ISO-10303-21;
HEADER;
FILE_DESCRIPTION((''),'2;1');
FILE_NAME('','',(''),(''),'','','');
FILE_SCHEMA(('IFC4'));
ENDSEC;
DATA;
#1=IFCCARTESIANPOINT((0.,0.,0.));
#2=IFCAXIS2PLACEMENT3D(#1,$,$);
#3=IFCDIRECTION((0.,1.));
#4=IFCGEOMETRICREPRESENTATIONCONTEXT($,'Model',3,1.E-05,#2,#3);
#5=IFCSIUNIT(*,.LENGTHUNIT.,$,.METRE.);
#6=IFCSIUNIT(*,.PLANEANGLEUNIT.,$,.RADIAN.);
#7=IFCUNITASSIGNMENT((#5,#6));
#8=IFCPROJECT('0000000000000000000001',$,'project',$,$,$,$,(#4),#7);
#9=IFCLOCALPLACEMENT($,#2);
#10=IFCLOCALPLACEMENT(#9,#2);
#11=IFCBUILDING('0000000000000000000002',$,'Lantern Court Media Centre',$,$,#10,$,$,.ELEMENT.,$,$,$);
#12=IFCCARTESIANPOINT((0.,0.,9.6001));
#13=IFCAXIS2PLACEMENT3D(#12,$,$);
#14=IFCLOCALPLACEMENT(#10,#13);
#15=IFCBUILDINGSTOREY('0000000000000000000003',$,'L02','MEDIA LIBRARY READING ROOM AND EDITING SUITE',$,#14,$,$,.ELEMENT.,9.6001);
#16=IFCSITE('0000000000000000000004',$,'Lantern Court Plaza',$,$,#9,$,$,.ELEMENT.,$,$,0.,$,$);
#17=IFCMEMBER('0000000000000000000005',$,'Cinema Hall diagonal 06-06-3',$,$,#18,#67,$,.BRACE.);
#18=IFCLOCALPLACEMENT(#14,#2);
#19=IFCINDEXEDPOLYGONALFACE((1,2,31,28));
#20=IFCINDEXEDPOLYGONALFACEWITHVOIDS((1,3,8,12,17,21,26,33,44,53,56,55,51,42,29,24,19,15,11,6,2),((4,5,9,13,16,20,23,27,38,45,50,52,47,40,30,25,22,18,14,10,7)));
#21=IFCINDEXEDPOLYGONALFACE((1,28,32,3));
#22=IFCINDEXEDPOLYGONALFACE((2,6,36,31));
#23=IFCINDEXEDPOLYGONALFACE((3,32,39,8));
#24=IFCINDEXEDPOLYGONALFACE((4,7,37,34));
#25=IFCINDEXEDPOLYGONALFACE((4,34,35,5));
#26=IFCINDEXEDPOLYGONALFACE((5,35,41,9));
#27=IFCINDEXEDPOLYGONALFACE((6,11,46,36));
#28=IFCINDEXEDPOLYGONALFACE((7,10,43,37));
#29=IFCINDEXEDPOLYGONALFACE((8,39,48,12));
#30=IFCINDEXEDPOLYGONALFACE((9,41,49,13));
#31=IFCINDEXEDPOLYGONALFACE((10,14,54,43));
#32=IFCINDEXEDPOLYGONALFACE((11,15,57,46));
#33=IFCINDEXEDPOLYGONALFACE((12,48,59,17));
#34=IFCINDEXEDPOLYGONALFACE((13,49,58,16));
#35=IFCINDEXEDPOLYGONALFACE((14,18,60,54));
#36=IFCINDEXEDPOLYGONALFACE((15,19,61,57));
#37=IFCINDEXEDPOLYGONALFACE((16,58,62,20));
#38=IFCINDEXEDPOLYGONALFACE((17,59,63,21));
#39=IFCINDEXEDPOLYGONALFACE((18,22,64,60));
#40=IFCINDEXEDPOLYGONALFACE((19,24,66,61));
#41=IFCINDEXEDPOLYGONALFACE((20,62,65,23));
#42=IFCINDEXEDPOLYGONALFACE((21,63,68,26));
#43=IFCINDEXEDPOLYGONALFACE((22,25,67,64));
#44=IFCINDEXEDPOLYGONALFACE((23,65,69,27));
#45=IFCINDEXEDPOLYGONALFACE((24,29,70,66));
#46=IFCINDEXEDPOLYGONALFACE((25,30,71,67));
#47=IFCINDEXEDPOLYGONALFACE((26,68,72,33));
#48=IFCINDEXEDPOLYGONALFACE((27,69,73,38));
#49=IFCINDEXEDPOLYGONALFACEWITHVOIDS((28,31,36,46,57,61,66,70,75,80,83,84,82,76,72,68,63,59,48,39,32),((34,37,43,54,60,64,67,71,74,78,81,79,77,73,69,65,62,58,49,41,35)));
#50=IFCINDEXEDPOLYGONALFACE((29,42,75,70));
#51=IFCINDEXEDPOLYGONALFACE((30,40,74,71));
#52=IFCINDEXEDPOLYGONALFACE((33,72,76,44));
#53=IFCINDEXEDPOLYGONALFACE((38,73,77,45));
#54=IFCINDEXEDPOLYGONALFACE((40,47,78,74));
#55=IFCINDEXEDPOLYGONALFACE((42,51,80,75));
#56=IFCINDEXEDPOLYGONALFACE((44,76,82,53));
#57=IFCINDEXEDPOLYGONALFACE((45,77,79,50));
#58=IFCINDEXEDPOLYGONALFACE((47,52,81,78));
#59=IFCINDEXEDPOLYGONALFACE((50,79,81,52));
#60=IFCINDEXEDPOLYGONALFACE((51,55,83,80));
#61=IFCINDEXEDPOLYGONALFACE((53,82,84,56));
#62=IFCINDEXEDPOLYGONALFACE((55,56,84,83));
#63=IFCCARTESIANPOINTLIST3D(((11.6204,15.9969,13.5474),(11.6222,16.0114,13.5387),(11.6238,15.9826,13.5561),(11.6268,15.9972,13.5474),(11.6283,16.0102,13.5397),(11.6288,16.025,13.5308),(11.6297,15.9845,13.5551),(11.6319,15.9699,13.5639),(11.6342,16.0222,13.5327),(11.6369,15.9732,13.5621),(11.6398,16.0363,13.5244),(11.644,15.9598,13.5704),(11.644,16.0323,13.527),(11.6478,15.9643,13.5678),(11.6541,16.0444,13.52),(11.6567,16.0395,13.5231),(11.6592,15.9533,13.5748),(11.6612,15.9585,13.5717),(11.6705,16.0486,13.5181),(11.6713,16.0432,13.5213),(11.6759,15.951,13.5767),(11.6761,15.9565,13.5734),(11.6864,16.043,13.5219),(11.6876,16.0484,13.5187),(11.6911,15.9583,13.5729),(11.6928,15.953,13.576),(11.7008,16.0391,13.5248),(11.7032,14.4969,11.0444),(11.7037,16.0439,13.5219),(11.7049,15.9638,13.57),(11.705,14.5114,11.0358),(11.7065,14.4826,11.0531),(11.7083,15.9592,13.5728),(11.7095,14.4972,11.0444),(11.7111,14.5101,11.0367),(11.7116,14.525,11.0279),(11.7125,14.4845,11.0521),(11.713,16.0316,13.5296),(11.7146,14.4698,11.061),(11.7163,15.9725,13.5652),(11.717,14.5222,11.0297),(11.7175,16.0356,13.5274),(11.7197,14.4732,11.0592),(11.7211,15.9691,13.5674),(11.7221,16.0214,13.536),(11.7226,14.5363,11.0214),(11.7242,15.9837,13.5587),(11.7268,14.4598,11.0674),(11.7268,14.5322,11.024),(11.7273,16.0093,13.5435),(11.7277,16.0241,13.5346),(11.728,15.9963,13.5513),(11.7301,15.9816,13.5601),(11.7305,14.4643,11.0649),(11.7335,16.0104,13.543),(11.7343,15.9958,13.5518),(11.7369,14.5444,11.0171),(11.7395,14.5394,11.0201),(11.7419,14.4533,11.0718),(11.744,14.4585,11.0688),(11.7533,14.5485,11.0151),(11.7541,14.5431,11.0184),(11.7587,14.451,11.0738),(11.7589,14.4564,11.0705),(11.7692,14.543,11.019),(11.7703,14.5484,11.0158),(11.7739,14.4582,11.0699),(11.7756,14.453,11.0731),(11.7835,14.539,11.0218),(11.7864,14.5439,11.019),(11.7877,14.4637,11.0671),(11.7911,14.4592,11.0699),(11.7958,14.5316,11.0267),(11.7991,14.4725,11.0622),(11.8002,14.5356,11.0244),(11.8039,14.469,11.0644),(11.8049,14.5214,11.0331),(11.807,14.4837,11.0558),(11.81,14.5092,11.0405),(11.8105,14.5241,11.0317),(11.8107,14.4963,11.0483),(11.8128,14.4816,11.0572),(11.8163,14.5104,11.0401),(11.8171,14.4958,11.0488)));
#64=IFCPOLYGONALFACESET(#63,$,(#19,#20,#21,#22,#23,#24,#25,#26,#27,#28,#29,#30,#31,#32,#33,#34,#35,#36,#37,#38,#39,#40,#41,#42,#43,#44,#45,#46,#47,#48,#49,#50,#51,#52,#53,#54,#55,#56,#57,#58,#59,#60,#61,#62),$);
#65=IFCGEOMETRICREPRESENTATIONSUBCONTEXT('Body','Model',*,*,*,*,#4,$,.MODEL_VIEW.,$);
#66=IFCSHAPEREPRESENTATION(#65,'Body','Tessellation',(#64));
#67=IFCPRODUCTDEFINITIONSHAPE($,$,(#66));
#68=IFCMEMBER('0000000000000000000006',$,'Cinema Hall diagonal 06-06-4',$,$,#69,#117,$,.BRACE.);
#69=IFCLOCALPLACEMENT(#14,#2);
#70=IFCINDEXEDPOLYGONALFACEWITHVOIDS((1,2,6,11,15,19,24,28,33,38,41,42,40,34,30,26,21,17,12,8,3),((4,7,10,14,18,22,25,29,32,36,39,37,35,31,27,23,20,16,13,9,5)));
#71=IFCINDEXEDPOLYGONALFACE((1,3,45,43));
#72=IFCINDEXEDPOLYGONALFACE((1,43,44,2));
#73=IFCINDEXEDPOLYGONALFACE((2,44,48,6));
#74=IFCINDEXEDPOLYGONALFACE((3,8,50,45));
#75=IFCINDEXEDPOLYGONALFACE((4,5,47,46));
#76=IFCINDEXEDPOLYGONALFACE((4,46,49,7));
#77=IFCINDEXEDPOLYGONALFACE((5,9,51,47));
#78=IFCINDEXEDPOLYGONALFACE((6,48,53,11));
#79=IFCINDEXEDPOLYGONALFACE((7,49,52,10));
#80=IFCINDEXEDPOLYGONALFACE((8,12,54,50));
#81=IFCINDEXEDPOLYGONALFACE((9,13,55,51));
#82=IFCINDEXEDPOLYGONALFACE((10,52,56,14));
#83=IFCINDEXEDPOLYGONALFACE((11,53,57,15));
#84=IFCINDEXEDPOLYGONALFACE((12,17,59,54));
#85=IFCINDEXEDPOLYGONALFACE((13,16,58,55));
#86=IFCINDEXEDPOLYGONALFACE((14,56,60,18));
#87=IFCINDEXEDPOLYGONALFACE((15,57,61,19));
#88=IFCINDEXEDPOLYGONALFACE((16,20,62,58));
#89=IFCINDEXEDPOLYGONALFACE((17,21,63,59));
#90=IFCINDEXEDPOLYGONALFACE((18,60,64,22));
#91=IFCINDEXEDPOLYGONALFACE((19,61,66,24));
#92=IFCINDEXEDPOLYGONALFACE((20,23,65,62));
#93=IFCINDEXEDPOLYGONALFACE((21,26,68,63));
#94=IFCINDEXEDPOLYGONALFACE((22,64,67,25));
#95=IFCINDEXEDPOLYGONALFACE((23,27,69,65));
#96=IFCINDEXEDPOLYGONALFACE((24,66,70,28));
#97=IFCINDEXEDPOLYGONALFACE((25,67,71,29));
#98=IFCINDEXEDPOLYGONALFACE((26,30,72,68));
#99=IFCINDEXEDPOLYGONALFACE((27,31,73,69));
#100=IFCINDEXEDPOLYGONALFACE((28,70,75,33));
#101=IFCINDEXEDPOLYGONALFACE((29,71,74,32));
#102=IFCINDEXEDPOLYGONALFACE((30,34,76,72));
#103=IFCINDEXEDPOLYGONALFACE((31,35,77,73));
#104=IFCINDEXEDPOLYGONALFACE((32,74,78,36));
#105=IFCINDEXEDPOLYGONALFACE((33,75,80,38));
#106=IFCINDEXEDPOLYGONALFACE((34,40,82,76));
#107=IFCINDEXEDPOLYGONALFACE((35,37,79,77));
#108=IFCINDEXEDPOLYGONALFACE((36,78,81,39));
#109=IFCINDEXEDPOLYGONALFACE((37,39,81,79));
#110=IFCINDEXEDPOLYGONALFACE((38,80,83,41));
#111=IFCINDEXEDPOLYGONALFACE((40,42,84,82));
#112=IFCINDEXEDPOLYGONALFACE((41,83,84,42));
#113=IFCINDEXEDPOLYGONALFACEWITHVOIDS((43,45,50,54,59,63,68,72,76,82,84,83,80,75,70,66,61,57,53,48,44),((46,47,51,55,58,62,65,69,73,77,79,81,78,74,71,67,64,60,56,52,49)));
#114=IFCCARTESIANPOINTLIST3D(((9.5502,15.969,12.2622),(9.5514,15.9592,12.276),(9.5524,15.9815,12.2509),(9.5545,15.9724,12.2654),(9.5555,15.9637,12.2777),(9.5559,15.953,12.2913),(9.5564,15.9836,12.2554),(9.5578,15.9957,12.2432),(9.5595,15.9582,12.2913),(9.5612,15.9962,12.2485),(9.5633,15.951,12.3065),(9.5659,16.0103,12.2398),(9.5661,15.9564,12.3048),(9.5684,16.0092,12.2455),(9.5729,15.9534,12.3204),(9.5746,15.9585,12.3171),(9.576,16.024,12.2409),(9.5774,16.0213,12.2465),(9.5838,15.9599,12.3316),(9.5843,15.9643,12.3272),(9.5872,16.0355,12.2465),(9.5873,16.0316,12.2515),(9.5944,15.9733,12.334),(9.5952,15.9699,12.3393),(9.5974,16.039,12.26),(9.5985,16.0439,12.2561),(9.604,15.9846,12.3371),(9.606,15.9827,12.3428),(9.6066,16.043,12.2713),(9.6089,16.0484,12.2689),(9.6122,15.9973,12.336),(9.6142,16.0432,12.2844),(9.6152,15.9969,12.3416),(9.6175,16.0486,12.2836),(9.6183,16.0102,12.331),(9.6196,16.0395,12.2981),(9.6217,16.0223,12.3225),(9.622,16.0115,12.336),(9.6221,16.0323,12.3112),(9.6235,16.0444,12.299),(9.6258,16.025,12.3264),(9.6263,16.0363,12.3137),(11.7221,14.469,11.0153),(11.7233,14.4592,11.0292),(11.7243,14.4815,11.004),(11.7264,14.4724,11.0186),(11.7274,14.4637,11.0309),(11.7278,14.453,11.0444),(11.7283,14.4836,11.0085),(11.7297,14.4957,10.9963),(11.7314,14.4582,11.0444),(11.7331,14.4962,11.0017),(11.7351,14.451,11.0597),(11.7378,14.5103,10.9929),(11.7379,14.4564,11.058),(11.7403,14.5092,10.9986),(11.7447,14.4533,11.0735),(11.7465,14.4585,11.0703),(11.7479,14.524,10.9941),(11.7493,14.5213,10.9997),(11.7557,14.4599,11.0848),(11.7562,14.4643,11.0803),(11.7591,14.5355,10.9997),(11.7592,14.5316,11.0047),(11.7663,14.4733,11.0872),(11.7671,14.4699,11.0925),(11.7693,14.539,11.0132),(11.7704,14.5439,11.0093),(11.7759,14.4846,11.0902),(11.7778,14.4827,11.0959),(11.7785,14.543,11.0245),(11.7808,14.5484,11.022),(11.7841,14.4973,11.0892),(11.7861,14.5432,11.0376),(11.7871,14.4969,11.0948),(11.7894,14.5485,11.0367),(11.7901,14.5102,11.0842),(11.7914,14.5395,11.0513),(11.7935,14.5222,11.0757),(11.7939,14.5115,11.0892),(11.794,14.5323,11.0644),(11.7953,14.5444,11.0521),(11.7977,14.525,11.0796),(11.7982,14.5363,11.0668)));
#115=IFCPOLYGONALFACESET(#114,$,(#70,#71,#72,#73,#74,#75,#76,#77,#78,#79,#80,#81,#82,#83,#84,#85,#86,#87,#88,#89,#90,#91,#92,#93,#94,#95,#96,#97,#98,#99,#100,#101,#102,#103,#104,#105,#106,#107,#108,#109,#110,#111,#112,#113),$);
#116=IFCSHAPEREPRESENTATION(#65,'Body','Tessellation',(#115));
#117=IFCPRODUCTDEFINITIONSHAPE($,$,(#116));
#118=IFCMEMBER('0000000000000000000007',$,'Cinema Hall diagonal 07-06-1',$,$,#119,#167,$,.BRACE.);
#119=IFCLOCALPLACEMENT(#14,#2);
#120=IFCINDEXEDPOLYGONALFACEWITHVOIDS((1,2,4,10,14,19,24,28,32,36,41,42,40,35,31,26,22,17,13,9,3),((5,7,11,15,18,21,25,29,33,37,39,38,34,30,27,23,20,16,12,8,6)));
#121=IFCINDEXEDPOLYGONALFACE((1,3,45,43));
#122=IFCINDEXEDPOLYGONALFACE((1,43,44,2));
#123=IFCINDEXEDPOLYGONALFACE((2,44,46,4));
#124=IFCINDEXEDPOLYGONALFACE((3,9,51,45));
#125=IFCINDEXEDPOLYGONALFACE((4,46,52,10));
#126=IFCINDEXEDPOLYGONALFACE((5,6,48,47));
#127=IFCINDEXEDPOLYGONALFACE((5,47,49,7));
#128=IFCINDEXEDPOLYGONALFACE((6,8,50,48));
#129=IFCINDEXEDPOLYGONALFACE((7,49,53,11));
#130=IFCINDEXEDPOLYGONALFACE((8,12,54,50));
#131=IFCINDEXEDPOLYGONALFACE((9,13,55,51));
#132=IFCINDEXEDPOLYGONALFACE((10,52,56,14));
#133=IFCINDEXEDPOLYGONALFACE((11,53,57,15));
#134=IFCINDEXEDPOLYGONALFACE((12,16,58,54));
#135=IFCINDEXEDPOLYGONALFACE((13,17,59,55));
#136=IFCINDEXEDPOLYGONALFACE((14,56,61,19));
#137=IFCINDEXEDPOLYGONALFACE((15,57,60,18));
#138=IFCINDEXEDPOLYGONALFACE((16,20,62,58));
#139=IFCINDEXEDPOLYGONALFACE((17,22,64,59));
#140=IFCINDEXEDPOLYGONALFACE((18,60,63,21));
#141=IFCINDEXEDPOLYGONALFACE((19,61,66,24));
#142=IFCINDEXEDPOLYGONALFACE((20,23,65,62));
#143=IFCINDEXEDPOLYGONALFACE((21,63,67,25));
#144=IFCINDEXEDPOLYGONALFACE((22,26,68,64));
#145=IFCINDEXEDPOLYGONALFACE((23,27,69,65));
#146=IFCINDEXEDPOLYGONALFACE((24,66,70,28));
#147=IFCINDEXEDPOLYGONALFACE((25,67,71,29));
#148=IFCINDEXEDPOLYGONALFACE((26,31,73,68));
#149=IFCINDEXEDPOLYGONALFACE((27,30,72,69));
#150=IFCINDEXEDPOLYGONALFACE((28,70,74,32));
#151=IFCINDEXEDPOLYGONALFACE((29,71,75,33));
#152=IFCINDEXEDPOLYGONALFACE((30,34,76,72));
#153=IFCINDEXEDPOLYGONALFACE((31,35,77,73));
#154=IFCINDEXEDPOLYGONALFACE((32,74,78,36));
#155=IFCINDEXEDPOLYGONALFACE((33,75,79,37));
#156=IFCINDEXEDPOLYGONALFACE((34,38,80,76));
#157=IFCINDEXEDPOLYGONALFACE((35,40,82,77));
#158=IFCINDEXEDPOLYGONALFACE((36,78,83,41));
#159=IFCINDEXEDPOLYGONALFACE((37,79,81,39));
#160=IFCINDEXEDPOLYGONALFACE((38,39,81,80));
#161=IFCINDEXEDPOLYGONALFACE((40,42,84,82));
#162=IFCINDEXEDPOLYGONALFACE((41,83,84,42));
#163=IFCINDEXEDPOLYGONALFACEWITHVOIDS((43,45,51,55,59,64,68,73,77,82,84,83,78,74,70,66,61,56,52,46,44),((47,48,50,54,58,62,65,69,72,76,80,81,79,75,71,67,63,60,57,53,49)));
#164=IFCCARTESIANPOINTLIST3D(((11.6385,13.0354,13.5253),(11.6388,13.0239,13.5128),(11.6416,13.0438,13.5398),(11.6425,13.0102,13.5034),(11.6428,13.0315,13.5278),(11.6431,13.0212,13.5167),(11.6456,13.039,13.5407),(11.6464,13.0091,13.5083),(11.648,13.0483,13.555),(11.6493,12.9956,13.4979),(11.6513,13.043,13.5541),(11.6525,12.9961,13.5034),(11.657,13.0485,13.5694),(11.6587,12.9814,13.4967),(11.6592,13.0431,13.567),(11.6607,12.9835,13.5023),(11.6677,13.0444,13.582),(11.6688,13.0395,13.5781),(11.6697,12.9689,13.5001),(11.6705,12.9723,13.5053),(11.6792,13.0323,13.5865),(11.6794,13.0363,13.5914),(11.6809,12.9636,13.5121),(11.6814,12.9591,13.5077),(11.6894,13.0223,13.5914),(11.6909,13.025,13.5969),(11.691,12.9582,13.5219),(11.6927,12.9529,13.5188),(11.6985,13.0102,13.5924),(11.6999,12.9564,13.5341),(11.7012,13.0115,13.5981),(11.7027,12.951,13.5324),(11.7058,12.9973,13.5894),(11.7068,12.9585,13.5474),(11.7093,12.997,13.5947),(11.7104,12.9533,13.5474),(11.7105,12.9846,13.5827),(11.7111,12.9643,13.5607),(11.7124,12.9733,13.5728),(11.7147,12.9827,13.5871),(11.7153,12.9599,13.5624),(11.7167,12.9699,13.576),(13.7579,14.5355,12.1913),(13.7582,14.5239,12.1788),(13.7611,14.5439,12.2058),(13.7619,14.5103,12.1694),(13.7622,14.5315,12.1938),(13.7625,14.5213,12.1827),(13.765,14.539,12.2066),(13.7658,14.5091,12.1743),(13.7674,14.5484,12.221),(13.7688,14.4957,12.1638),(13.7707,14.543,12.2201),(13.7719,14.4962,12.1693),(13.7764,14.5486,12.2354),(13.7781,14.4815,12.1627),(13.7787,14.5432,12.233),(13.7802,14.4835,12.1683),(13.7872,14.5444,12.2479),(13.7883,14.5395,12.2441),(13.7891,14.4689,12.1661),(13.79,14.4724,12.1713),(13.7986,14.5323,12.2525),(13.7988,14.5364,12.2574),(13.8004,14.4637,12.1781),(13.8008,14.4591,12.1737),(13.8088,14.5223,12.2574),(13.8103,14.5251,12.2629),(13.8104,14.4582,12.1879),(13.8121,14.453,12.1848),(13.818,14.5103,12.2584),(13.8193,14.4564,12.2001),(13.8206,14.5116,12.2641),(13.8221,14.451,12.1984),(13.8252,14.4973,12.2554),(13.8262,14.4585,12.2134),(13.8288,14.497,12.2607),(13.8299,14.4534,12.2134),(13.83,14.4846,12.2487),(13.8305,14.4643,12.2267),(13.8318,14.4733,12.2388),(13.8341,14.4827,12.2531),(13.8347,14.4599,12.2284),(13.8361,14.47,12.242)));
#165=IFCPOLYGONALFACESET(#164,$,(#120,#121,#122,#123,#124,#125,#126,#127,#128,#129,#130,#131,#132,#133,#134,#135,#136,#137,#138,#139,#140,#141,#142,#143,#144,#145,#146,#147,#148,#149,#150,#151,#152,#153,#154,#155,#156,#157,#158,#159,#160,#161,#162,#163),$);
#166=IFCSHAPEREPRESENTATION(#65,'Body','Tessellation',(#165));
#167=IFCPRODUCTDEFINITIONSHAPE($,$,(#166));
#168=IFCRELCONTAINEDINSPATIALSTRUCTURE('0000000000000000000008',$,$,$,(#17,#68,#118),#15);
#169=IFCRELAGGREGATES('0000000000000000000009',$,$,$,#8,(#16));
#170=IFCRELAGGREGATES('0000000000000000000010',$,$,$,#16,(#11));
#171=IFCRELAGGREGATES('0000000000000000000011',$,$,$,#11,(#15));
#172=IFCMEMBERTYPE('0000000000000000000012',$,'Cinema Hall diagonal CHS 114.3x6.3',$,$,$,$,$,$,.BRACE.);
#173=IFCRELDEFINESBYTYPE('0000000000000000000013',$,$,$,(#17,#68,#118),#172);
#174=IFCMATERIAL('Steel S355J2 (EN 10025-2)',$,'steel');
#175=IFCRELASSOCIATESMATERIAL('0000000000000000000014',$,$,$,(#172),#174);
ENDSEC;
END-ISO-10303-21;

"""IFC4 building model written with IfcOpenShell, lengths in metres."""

from ifc_helpers import new_model, si_unit, direction, frame, origin, origin_2d, place, context, subcontext, project, spatial, hollow_circle, extrude, material, material_profile, profile_set, type_object, element, save


model = new_model("IFC4")

# Units and contexts
model_context = context("Model", 3, precision=1e-05, world=origin(), true_north=direction((0.0, 1.0)))
body_context = subcontext(model_context, "Body", "Model", "MODEL_VIEW")
ifc_project = project(units=[si_unit("LENGTHUNIT", "METRE"), si_unit("PLANEANGLEUNIT", "RADIAN")], contexts=[model_context])

# Site, building, storey
site_placement = place(None, origin())
site = spatial("IfcSite", under=ifc_project, at=site_placement, Name="Lantern Court Plaza", CompositionType="ELEMENT", RefElevation=0.0)
building_placement = place(site_placement, origin())
building = spatial("IfcBuilding", under=site, at=building_placement, Name="Lantern Court Media Centre", CompositionType="ELEMENT")
storey_placement = place(building_placement, frame((0.0, 0.0, 9.6001)))
storey = spatial("IfcBuildingStorey", under=building, at=storey_placement, Name="L02", Description="MEDIA LIBRARY READING ROOM AND EDITING SUITE", CompositionType="ELEMENT", Elevation=9.6001)

# Members
ifc_material = material(Name="Steel S355J2 (EN 10025-2)", Category="steel")
ifc_material_profile_1 = material_profile(ifc_material, hollow_circle(Radius=0.0571, WallThickness=0.0063, at=origin_2d()), Name="Cinema Hall diagonal CHS 114.3x6.3")
ifc_profile_set_1 = profile_set([ifc_material_profile_1], Name="Steel S355J2 (EN 10025-2)")
member_type_1 = type_object("IfcMemberType", Name="Cinema Hall diagonal CHS 114.3x6.3", PredefinedType="BRACE", material=ifc_profile_set_1)
for number, where, z_axis, x_axis, name in (
    (1, (11.7603, 14.5, 11.0444), (-0.028352, 0.513846, 0.857414), (-0.998481, -0.055092, 0.0), "Cinema Hall diagonal 06-06-3"),
    (2, (11.7603, 14.5, 11.0444), (-0.744002, 0.513843, 0.427115), (-0.568286, -0.822831, 0.0), "Cinema Hall diagonal 06-06-4"),
    (3, (13.7969, 14.5, 12.2134), (-0.726034, -0.513852, 0.45698), (0.577702, -0.816248, 0.0), "Cinema Hall diagonal 07-06-1"),
):
    element("IfcMember", number, at=place(storey_placement, frame(where, z_axis=z_axis, x_axis=x_axis)), inside=storey, type_object=member_type_1, Name=name, PredefinedType="BRACE", context=body_context, shape_type="SweptSolid", body=[
        extrude(hollow_circle(Radius=0.0571, WallThickness=0.0063, at=origin_2d()), origin(), (0.0, 0.0, 1.0), 2.9192),
    ])

save(model, "model.ifc")
